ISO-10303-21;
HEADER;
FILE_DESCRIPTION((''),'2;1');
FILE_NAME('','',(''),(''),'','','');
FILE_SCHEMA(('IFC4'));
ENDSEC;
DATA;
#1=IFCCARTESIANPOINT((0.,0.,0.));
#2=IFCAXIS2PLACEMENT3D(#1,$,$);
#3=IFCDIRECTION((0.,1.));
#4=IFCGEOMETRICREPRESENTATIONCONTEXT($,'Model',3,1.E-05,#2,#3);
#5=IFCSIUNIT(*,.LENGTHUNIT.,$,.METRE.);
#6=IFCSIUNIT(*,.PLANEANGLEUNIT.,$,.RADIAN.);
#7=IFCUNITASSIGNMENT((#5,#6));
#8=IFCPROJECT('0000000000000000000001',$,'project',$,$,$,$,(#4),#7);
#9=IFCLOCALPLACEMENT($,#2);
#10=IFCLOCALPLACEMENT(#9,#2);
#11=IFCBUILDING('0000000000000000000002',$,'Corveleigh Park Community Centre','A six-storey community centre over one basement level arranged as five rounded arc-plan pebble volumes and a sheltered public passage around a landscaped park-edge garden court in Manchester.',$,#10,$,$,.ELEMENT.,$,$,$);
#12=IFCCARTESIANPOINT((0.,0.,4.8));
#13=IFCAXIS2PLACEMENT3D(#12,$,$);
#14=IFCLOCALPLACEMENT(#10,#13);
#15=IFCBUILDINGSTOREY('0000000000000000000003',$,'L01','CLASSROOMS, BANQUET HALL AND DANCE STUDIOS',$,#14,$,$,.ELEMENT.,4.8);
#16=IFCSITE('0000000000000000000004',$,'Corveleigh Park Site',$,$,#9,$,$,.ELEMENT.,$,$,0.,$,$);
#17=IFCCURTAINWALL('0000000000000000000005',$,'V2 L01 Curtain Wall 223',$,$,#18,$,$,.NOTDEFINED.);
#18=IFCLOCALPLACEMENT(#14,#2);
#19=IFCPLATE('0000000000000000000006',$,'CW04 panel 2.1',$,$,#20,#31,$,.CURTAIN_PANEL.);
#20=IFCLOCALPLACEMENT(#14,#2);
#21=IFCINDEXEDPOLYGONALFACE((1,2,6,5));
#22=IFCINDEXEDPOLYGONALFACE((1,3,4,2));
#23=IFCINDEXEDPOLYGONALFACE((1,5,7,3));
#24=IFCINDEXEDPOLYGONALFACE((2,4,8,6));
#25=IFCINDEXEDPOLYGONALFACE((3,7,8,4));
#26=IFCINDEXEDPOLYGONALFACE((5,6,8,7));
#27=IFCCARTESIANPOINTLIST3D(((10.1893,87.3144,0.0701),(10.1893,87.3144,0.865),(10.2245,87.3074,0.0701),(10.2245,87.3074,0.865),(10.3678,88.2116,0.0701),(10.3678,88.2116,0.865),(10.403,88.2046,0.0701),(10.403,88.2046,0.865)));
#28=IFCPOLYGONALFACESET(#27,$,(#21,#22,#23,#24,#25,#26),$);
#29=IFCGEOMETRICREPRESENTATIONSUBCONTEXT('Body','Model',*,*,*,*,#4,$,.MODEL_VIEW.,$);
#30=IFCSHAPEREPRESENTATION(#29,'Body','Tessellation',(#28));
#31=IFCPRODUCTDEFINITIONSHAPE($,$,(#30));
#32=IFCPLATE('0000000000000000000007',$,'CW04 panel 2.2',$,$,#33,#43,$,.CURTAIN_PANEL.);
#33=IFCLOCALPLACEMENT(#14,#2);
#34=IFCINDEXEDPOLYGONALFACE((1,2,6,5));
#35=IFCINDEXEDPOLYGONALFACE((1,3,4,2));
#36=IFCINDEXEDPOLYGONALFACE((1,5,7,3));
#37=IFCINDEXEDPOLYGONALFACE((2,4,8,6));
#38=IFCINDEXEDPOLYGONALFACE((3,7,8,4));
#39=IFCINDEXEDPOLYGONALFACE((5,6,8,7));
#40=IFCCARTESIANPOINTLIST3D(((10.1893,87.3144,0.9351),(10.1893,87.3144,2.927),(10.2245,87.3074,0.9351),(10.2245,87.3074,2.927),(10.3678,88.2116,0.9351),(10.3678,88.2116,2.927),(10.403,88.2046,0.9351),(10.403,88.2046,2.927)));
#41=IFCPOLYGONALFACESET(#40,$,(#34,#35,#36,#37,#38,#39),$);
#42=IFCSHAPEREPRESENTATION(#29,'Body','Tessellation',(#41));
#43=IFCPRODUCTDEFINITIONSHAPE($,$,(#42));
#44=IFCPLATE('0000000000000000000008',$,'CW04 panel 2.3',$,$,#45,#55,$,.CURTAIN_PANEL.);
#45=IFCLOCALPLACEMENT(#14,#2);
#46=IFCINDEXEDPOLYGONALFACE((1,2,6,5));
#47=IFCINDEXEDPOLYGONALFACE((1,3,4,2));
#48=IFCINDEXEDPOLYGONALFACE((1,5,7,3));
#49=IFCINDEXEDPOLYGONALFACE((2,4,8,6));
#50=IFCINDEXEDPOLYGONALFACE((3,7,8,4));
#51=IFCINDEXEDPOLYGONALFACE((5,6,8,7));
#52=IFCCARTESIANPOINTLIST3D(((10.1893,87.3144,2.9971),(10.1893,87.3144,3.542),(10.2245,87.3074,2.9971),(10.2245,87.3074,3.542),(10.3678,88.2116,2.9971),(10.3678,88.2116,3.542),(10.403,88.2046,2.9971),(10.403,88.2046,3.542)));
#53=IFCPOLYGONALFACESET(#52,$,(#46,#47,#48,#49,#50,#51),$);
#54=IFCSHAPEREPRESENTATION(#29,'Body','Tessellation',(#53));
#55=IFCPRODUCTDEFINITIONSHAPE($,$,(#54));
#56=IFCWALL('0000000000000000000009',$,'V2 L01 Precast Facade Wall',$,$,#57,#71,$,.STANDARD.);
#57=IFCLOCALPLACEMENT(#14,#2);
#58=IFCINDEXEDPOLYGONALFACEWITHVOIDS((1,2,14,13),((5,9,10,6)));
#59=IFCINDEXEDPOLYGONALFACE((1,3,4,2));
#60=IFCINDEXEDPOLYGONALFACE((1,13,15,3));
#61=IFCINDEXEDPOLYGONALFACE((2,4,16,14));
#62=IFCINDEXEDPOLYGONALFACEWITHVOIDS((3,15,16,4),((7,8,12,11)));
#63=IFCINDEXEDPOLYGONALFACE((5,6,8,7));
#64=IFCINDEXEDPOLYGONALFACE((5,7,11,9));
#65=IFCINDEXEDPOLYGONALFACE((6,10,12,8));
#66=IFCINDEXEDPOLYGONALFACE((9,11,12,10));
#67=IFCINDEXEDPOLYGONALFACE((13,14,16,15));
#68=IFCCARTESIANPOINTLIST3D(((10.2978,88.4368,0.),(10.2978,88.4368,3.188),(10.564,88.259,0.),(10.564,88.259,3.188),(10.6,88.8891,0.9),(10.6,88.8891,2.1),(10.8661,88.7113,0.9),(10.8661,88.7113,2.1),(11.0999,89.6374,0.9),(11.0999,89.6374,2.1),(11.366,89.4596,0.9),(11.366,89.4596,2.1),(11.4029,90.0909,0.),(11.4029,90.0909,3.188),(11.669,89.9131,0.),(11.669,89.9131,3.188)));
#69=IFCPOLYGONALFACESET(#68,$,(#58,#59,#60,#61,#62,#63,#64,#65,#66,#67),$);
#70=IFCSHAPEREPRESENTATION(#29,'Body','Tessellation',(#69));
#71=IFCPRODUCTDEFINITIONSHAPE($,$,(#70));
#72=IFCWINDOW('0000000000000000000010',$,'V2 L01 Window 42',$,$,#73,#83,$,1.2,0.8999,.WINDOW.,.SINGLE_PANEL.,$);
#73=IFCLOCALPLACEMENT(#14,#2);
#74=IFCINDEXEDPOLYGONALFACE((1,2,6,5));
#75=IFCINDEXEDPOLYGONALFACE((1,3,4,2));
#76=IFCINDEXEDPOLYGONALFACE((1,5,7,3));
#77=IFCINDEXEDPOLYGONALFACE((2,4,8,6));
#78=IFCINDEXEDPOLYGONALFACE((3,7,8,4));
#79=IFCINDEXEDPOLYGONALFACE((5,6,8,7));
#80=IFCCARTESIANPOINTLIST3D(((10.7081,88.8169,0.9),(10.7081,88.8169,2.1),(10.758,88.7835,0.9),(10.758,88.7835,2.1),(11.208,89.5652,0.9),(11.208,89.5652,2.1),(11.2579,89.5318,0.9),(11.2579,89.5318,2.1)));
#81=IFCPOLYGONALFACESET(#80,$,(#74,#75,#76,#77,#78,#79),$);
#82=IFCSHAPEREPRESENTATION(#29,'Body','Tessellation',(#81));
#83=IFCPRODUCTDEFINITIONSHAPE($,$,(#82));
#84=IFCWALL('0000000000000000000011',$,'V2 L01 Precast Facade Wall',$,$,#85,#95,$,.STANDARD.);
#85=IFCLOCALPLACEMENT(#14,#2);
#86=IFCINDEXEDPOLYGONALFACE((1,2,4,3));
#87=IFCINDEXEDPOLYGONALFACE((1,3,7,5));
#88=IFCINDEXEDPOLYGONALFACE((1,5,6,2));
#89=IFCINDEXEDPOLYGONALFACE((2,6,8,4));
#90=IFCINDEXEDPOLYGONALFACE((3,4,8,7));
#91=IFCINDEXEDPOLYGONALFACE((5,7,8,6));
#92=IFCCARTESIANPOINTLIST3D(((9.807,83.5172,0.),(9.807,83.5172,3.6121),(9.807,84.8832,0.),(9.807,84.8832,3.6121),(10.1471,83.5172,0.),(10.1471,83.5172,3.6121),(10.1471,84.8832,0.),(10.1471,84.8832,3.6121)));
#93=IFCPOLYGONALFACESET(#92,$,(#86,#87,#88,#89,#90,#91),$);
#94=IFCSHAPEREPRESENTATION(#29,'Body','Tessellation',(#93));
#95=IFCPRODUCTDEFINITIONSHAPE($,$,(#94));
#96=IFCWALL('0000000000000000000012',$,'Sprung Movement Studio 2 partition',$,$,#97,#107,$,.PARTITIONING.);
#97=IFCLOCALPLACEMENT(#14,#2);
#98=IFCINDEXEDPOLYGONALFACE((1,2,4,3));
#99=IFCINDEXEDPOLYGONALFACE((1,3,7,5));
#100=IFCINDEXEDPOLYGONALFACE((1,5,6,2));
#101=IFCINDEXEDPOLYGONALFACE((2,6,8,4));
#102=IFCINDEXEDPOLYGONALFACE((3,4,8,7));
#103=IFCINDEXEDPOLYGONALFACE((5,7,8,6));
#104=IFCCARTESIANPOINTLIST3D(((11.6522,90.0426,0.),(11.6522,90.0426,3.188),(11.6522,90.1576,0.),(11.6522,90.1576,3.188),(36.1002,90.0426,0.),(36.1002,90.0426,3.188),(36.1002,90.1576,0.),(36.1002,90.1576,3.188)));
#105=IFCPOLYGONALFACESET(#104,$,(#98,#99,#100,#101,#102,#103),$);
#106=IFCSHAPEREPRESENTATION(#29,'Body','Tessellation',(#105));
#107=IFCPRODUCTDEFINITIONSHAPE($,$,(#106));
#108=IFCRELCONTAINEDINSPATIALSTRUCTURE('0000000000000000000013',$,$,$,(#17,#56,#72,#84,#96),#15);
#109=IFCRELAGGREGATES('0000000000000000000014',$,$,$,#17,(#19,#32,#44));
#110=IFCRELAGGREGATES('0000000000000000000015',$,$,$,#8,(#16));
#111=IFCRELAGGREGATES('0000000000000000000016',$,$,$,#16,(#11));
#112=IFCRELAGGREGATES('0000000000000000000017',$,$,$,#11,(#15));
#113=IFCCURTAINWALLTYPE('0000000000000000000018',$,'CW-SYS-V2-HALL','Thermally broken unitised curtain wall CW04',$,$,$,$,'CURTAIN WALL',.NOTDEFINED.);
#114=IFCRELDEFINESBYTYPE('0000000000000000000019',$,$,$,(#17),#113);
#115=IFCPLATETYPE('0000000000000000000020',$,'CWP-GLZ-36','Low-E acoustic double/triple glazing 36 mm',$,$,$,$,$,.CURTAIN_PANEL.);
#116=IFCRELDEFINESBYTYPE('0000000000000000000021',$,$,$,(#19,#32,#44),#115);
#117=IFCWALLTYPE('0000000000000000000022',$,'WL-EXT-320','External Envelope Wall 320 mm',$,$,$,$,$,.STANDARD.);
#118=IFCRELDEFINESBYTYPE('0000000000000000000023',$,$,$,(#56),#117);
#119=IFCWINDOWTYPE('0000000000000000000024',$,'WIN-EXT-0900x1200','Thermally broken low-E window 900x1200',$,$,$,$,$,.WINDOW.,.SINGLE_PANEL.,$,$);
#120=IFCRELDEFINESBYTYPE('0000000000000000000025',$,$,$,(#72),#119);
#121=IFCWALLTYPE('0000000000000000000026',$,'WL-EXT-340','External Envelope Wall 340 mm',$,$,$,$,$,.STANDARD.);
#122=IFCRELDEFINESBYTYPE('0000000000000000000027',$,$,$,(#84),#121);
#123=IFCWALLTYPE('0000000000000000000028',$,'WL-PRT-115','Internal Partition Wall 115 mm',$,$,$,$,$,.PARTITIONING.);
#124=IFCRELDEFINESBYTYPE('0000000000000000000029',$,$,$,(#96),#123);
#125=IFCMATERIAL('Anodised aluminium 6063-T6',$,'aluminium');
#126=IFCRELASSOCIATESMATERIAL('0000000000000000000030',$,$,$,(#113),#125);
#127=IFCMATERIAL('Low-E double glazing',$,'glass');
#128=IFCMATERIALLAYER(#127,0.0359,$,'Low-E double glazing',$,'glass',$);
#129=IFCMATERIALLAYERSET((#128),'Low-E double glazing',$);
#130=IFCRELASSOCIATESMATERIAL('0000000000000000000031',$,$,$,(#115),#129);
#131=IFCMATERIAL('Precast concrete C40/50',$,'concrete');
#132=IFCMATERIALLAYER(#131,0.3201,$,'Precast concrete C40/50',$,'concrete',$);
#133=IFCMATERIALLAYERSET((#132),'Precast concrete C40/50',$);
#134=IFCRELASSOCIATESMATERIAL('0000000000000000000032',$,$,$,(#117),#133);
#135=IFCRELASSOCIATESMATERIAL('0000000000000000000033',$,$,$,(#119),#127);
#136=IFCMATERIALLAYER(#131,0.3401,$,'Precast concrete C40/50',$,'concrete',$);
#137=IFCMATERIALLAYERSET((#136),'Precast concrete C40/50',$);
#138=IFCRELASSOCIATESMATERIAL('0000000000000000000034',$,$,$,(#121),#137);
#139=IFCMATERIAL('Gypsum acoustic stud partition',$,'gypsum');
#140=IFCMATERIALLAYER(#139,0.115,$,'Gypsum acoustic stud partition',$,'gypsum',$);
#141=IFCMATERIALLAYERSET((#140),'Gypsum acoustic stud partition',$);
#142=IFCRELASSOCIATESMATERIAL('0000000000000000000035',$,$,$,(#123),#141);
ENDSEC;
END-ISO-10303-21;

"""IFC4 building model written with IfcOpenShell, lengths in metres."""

from ifc_helpers import new_model, si_unit, direction, frame, frame_2d, origin, origin_2d, place, context, subcontext, project, spatial, rectangle, extrude, material, layer, layer_set, type_object, element, fill, aggregate, save


model = new_model("IFC4")

# Units and contexts
model_context = context("Model", 3, precision=1e-05, world=origin(), true_north=direction((0.0, 1.0)))
body_context = subcontext(model_context, "Body", "Model", "MODEL_VIEW")
ifc_project = project(units=[si_unit("LENGTHUNIT", "METRE"), si_unit("PLANEANGLEUNIT", "RADIAN")], contexts=[model_context])

# Site, building, storey
site_placement = place(None, origin())
site = spatial("IfcSite", under=ifc_project, at=site_placement, Name="Corveleigh Park Site", CompositionType="ELEMENT", RefElevation=0.0)
building_placement = place(site_placement, origin())
building = spatial("IfcBuilding", under=site, at=building_placement, Name="Corveleigh Park Community Centre", Description="A six-storey community centre over one basement level arranged as five rounded arc-plan pebble volumes and a sheltered public passage around a landscaped park-edge garden court in Manchester.", CompositionType="ELEMENT")
storey_placement = place(building_placement, frame((0.0, 0.0, 4.8)))
storey = spatial("IfcBuildingStorey", under=building, at=storey_placement, Name="L01", Description="CLASSROOMS, BANQUET HALL AND DANCE STUDIOS", CompositionType="ELEMENT", Elevation=4.8)

# Curtain wall
ifc_material_1 = material(Name="Anodised aluminium 6063-T6", Category="aluminium")
curtain_wall_type = type_object("IfcCurtainWallType", Name="CW-SYS-V2-HALL", Description="Thermally broken unitised curtain wall CW04", ElementType="CURTAIN WALL", PredefinedType="NOTDEFINED", material=ifc_material_1)
curtain_wall_1_placement = place(storey_placement, origin())
curtain_wall_1 = element("IfcCurtainWall", 1, at=curtain_wall_1_placement, inside=storey, type_object=curtain_wall_type, Name="V2 L01 Curtain Wall 223", PredefinedType="NOTDEFINED")

# Plates
ifc_material_2 = material(Name="Low-E double glazing", Category="glass")
ifc_layer_1 = layer(ifc_material_2, 0.0359, Name="Low-E double glazing", Category="glass")
ifc_layer_set_1 = layer_set([ifc_layer_1], Name="Low-E double glazing")
plate_type = type_object("IfcPlateType", Name="CWP-GLZ-36", Description="Low-E acoustic double/triple glazing 36 mm", PredefinedType="CURTAIN_PANEL", material=ifc_layer_set_1)
plate_1_placement = place(storey_placement, frame((10.2961, 87.7595, 0.0701), z_axis=(0.0, 0.0, 1.0), x_axis=(0.195063, 0.980791, 0.0)))
plate_1 = element("IfcPlate", 2, at=plate_1_placement, type_object=plate_type, Name="CW04 panel 2.1", PredefinedType="CURTAIN_PANEL", context=body_context, shape_type="SweptSolid", body=[
    extrude(rectangle(XDim=0.9148, YDim=0.0359, at=origin_2d()), origin(), (0.0, 0.0, 1.0), 0.7949),
])
plate_2_placement = place(storey_placement, frame((10.2961, 87.7595, 0.9351), z_axis=(0.0, 0.0, 1.0), x_axis=(0.195063, 0.980791, 0.0)))
plate_2 = element("IfcPlate", 3, at=plate_2_placement, type_object=plate_type, Name="CW04 panel 2.2", PredefinedType="CURTAIN_PANEL", context=body_context, shape_type="SweptSolid", body=[
    extrude(rectangle(XDim=0.9148, YDim=0.0359, at=origin_2d()), origin(), (0.0, 0.0, 1.0), 1.9919),
])
plate_3_placement = place(storey_placement, frame((10.2961, 87.7595, 2.9971), z_axis=(0.0, 0.0, 1.0), x_axis=(0.195063, 0.980791, 0.0)))
plate_3 = element("IfcPlate", 4, at=plate_3_placement, type_object=plate_type, Name="CW04 panel 2.3", PredefinedType="CURTAIN_PANEL", context=body_context, shape_type="SweptSolid", body=[
    extrude(rectangle(XDim=0.9148, YDim=0.0359, at=origin_2d()), origin(), (0.0, 0.0, 1.0), 0.5449),
])
aggregate(curtain_wall_1, [plate_1, plate_2, plate_3])

# Wall, opening, window
ifc_material_3 = material(Name="Precast concrete C40/50", Category="concrete")
ifc_layer_2 = layer(ifc_material_3, 0.3201, Name="Precast concrete C40/50", Category="concrete")
ifc_layer_set_2 = layer_set([ifc_layer_2], Name="Precast concrete C40/50")
wall_type_1 = type_object("IfcWallType", Name="WL-EXT-320", Description="External Envelope Wall 320 mm", PredefinedType="STANDARD", material=ifc_layer_set_2)
wall_1_placement = place(storey_placement, frame((10.4309, 88.3479, 0.0), z_axis=(0.0, 0.0, 1.0), x_axis=(0.555493, 0.831521, 0.0)))
wall_1 = element("IfcWall", 5, at=wall_1_placement, inside=storey, type_object=wall_type_1, Name="V2 L01 Precast Facade Wall", PredefinedType="STANDARD", context=body_context, shape_type="SweptSolid", body=[
    extrude(rectangle(XDim=1.9893, YDim=0.3201, at=frame_2d((0.9946, 0.0))), origin(), (0.0, 0.0, 1.0), 3.188),
])
opening_placement = place(wall_1_placement, frame((0.5439, 0.0, 0.8999)))
opening = element("IfcOpeningElement", 6, at=opening_placement, cuts=wall_1, PredefinedType="OPENING", context=body_context, shape_type="SweptSolid", body=[
    extrude(rectangle(XDim=0.8999, YDim=1.2, at=frame_2d((0.45, 0.6001))), frame((0.0, 0.1699, 0.0), z_axis=(0.0, -1.0, 0.0), x_axis=(1.0, 0.0, 0.0)), (0.0, 0.0, 1.0), 0.3401),
])
window_type = type_object("IfcWindowType", Name="WIN-EXT-0900x1200", Description="Thermally broken low-E window 900x1200", PartitioningType="SINGLE_PANEL", PredefinedType="WINDOW", material=ifc_material_2)
window_placement = place(opening_placement, origin())
window = element("IfcWindow", 7, at=window_placement, inside=storey, type_object=window_type, Name="V2 L01 Window 42", OverallHeight=1.2, OverallWidth=0.8999, PartitioningType="SINGLE_PANEL", PredefinedType="WINDOW", context=body_context, shape_type="SweptSolid", body=[
    extrude(rectangle(XDim=0.8999, YDim=1.2, at=frame_2d((0.45, 0.6001))), frame((0.0, 0.03, 0.0), z_axis=(0.0, -1.0, 0.0), x_axis=(1.0, 0.0, 0.0)), (0.0, 0.0, 1.0), 0.0601),
])
fill(opening, window)

# Walls
ifc_layer_3 = layer(ifc_material_3, 0.3401, Name="Precast concrete C40/50", Category="concrete")
ifc_layer_set_3 = layer_set([ifc_layer_3], Name="Precast concrete C40/50")
wall_type_2 = type_object("IfcWallType", Name="WL-EXT-340", Description="External Envelope Wall 340 mm", PredefinedType="STANDARD", material=ifc_layer_set_3)
wall_2_placement = place(storey_placement, frame((9.9771, 83.5171, 0.0), z_axis=(0.0, 0.0, 1.0), x_axis=(0.0, 1.0, 0.0)))
element("IfcWall", 8, at=wall_2_placement, inside=storey, type_object=wall_type_2, Name="V2 L01 Precast Facade Wall", PredefinedType="STANDARD", context=body_context, shape_type="SweptSolid", body=[
    extrude(rectangle(XDim=1.366, YDim=0.3401, at=frame_2d((0.6831, 0.0))), origin(), (0.0, 0.0, 1.0), 3.6121),
])
ifc_material_4 = material(Name="Gypsum acoustic stud partition", Category="gypsum")
ifc_layer_4 = layer(ifc_material_4, 0.115, Name="Gypsum acoustic stud partition", Category="gypsum")
ifc_layer_set_4 = layer_set([ifc_layer_4], Name="Gypsum acoustic stud partition")
wall_type_3 = type_object("IfcWallType", Name="WL-PRT-115", Description="Internal Partition Wall 115 mm", PredefinedType="PARTITIONING", material=ifc_layer_set_4)
wall_3_placement = place(storey_placement, frame((11.6521, 90.1001, 0.0), z_axis=(0.0, 0.0, 1.0), x_axis=(1.0, 0.0, 0.0)))
element("IfcWall", 9, at=wall_3_placement, inside=storey, type_object=wall_type_3, Name="Sprung Movement Studio 2 partition", PredefinedType="PARTITIONING", context=body_context, shape_type="SweptSolid", body=[
    extrude(rectangle(XDim=24.448, YDim=0.115, at=frame_2d((12.2241, 0.0))), origin(), (0.0, 0.0, 1.0), 3.188),
])

save(model, "model.ifc")
